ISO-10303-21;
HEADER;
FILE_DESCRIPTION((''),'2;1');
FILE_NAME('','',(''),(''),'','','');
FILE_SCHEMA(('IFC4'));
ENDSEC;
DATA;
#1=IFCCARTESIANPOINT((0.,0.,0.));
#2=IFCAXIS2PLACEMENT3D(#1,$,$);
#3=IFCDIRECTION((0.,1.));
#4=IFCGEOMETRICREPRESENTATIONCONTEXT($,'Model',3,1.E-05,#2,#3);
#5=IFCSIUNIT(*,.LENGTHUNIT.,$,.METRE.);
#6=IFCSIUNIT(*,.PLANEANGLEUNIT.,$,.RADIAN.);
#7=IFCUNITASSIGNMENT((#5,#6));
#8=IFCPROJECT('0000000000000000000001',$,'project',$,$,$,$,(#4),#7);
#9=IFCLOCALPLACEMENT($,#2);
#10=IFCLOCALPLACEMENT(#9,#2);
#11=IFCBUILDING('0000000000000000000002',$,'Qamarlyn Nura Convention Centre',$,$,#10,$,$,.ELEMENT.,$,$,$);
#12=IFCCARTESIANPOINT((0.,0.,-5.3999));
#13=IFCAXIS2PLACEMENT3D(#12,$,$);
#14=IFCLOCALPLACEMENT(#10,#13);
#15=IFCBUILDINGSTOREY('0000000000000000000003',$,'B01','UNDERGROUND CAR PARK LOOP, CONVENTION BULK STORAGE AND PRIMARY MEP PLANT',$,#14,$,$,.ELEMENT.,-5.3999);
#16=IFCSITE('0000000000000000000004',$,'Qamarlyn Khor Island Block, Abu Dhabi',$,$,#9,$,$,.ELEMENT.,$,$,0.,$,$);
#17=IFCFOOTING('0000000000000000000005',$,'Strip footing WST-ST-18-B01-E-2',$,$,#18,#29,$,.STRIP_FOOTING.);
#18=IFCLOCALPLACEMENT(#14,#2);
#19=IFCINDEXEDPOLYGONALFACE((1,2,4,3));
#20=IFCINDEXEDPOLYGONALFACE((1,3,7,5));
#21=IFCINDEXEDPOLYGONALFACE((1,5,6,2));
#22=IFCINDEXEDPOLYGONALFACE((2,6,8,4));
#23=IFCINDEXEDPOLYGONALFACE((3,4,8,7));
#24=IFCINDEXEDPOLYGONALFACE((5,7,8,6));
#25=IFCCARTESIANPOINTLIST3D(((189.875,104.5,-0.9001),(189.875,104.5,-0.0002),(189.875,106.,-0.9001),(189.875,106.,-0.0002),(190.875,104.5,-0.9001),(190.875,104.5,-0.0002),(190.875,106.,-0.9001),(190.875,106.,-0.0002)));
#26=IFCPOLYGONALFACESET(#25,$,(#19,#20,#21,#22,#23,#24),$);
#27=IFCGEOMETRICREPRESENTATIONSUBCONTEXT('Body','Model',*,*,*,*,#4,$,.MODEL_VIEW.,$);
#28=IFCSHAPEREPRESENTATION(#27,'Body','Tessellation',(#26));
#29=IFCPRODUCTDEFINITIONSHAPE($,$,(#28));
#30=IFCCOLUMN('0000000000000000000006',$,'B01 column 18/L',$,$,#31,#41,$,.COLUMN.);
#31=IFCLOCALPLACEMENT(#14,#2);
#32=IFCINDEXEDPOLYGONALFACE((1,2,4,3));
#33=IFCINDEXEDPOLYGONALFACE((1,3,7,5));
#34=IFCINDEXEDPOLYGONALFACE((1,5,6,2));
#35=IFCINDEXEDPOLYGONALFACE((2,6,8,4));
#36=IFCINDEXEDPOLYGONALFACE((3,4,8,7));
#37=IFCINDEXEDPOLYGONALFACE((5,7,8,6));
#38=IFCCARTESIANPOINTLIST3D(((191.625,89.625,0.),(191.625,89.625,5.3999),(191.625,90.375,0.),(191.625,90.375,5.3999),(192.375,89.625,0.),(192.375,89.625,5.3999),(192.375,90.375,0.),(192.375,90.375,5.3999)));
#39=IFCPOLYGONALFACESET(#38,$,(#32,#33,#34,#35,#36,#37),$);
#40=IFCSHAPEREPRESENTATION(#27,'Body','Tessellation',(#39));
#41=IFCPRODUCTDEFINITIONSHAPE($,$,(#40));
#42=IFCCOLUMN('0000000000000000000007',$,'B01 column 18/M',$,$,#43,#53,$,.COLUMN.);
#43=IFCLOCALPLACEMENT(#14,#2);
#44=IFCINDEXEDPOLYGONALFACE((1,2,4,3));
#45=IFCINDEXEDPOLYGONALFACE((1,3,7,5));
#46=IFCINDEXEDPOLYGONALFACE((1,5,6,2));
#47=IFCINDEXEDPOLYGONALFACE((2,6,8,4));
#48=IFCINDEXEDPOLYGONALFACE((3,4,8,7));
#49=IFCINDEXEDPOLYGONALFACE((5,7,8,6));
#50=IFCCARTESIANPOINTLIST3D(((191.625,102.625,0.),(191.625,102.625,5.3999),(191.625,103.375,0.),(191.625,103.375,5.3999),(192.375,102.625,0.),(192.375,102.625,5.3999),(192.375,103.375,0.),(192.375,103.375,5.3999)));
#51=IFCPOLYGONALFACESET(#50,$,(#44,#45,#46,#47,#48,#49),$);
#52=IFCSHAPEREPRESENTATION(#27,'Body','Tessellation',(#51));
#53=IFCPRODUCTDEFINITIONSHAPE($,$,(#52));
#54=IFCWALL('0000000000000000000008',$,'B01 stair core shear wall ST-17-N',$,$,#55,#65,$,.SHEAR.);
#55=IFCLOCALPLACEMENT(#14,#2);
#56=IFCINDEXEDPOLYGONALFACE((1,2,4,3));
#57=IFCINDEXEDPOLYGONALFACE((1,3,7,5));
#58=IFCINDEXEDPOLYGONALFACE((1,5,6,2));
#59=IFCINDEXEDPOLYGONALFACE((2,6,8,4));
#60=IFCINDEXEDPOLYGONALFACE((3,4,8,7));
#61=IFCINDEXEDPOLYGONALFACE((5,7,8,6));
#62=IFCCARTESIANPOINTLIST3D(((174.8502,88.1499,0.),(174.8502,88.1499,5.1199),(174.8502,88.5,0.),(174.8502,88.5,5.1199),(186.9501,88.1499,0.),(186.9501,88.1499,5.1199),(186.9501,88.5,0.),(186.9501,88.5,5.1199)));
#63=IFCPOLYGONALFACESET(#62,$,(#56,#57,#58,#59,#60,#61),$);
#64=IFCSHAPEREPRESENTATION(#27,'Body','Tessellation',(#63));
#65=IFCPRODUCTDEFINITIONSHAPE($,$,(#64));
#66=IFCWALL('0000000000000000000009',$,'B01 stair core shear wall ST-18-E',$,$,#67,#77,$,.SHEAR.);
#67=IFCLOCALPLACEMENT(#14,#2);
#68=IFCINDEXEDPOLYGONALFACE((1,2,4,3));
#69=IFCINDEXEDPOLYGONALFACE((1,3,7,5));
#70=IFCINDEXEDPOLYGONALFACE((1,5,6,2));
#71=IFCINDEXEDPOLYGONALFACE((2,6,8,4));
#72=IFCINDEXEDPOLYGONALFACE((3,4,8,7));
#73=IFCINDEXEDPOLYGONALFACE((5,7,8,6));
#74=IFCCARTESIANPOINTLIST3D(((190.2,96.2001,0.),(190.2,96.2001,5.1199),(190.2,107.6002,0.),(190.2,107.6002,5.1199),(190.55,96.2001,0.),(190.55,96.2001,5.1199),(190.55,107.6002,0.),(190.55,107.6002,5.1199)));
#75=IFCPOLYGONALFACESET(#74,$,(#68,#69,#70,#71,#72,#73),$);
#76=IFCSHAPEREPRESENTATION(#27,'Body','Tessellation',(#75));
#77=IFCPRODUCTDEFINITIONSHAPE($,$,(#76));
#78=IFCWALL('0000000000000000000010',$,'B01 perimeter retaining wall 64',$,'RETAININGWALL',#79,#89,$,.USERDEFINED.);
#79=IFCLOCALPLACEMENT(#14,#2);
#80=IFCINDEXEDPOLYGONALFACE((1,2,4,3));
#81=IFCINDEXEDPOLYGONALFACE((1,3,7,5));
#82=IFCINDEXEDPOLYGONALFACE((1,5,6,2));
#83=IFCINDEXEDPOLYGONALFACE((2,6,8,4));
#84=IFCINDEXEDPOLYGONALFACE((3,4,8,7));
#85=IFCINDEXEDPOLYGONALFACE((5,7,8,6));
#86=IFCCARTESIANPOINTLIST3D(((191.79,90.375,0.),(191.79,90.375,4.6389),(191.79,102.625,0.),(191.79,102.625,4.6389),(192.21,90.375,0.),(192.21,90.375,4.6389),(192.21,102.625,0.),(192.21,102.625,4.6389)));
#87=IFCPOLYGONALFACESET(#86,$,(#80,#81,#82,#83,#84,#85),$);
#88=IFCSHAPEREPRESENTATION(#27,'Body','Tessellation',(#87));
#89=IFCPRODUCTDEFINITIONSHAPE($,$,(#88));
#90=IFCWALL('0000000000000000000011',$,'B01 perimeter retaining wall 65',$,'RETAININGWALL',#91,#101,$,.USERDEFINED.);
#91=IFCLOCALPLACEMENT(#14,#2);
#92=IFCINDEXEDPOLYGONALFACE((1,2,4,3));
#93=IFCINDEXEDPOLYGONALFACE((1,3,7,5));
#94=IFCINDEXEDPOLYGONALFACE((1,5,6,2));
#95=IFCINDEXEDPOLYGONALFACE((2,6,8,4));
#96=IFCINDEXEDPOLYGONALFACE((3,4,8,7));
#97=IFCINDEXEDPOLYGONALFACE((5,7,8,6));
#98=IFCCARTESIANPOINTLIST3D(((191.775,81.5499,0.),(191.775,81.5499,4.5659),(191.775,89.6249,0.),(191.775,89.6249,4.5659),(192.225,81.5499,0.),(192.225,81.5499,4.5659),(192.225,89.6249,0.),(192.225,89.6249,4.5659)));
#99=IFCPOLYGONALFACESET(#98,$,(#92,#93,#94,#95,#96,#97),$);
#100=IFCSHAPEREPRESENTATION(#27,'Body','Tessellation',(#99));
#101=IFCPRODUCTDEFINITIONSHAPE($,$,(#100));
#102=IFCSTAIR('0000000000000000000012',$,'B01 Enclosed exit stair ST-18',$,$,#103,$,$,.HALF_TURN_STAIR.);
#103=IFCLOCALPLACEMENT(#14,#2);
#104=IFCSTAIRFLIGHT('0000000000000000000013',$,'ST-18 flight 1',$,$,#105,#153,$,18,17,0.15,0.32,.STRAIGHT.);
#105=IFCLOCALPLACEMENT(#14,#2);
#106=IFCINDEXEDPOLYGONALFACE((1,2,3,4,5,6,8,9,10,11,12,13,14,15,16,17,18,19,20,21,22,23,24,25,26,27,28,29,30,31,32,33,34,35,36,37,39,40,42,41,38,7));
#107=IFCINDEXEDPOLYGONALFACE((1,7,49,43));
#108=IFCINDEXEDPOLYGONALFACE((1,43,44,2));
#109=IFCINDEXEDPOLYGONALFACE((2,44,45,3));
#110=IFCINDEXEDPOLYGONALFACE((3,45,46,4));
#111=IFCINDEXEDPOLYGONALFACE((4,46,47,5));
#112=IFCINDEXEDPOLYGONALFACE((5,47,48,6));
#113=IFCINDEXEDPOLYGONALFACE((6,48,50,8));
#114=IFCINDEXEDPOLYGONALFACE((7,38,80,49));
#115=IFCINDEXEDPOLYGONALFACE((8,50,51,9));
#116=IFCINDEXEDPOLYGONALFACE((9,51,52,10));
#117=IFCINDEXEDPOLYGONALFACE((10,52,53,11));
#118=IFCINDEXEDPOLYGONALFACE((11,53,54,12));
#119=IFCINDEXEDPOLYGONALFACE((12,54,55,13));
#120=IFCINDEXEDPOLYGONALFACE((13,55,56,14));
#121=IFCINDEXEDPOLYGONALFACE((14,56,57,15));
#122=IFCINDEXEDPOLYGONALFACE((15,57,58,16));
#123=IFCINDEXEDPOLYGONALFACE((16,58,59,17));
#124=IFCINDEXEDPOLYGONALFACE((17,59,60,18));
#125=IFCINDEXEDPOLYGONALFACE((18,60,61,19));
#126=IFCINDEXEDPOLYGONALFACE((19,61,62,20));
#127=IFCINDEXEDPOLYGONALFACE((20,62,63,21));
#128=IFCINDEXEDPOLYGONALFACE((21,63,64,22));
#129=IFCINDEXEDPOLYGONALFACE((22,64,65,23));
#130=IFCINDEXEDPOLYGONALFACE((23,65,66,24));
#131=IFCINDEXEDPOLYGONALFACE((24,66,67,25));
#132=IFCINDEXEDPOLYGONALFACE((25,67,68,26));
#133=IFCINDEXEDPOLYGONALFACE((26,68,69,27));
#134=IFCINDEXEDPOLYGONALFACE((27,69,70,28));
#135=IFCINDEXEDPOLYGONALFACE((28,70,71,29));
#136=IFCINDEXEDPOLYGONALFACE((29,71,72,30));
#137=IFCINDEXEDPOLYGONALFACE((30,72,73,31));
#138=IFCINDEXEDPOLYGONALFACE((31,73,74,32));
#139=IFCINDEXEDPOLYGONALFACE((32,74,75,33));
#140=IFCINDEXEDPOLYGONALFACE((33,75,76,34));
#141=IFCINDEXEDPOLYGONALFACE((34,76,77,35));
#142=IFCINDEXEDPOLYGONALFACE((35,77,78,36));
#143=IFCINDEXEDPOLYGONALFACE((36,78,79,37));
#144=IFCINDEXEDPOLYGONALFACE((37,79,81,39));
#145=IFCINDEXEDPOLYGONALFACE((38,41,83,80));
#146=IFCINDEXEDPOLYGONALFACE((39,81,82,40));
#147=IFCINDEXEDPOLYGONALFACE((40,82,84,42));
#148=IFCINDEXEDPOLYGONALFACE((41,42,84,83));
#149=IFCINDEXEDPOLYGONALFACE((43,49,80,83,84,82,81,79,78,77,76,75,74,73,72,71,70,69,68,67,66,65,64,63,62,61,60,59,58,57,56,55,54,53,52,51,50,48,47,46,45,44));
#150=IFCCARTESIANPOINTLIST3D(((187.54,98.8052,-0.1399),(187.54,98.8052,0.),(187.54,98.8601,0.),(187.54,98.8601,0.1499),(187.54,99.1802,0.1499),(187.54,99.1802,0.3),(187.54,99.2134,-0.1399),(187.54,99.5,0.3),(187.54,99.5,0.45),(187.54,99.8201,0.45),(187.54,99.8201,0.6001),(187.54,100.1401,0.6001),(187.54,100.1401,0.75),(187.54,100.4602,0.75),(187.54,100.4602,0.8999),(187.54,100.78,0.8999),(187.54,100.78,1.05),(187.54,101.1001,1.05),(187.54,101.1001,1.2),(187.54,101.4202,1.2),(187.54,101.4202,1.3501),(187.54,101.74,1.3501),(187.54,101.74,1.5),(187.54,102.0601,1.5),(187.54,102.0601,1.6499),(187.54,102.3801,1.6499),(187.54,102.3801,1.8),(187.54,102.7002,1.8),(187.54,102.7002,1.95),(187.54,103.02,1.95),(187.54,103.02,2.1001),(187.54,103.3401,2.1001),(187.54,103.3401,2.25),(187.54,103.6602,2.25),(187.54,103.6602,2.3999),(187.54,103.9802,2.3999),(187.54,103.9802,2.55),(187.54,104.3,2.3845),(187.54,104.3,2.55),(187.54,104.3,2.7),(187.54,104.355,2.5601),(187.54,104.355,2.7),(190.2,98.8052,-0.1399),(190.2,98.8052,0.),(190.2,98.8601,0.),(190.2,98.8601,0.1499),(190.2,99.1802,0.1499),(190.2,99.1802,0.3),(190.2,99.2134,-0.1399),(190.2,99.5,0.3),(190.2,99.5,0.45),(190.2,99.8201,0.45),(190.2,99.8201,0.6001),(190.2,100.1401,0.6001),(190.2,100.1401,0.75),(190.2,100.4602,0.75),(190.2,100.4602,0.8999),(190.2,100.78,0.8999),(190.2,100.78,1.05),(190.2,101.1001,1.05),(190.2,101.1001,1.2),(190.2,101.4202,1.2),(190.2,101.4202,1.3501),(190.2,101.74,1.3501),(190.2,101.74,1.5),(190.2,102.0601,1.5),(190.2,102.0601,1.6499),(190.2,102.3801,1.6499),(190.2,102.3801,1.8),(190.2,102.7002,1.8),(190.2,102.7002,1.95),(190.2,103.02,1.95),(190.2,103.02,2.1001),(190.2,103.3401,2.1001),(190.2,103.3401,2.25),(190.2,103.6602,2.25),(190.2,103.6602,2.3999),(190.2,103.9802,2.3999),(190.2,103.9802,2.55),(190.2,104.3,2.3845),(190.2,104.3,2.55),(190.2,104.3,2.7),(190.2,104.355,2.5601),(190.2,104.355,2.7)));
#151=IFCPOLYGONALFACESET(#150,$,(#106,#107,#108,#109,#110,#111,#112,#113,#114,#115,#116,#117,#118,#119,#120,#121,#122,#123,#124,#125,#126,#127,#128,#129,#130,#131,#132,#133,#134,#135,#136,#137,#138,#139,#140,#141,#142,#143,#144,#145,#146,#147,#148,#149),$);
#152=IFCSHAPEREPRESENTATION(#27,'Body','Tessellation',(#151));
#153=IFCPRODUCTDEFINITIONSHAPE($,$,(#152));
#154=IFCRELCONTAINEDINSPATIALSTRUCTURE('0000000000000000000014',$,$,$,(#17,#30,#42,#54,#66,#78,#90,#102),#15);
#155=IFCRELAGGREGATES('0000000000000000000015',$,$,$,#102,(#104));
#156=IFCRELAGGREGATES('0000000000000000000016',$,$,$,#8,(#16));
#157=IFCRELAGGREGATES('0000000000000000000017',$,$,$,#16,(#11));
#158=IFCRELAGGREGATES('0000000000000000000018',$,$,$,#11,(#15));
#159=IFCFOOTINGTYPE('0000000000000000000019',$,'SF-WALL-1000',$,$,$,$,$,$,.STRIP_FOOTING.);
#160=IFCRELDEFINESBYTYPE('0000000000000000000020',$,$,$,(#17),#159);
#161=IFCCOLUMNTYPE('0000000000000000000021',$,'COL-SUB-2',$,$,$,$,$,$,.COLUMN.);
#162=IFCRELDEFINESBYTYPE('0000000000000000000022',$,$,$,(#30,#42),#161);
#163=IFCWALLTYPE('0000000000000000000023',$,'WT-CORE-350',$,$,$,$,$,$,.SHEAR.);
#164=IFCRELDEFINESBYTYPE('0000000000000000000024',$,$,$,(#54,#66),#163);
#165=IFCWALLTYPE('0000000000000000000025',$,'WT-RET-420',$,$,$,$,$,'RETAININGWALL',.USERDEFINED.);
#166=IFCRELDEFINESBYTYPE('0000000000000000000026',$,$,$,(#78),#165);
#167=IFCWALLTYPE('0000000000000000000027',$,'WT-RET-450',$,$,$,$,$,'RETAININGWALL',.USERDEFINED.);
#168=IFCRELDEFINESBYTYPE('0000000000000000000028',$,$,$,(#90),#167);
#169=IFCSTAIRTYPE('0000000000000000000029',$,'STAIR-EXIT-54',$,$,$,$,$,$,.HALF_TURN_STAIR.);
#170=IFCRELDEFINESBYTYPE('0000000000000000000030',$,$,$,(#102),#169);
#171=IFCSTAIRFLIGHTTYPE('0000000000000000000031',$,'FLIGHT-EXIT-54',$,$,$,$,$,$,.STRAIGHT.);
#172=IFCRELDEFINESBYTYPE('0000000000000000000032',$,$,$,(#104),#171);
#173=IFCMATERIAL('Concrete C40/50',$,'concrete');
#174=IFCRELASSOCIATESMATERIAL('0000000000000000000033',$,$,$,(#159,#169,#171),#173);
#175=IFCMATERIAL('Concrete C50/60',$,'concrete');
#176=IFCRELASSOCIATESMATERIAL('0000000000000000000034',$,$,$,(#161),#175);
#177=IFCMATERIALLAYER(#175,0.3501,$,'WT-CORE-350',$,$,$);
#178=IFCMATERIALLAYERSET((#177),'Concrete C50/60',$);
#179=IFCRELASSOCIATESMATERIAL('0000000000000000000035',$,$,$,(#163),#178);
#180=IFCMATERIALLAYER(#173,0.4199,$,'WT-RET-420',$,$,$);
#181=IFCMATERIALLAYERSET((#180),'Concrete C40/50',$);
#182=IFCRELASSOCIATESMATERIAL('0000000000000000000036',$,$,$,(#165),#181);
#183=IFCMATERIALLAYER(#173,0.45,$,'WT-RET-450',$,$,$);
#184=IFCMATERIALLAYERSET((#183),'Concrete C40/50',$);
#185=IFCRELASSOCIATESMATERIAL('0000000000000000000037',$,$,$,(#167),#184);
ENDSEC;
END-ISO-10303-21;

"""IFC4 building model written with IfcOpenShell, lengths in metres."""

from ifc_helpers import new_model, si_unit, direction, frame, frame_2d, origin, origin_2d, place, context, subcontext, project, spatial, polyline, rectangle, outline, extrude, material, layer, layer_set, material_profile, profile_set, type_object, element, aggregate, save


model = new_model("IFC4")

# Units and contexts
model_context = context("Model", 3, precision=1e-05, world=origin(), true_north=direction((0.0, 1.0)))
body_context = subcontext(model_context, "Body", "Model", "MODEL_VIEW")
ifc_project = project(units=[si_unit("LENGTHUNIT", "METRE"), si_unit("PLANEANGLEUNIT", "RADIAN")], contexts=[model_context])

# Site, building, storey
site_placement = place(None, origin())
site = spatial("IfcSite", under=ifc_project, at=site_placement, Name="Qamarlyn Khor Island Block, Abu Dhabi", CompositionType="ELEMENT", RefElevation=0.0)
building_placement = place(site_placement, origin())
building = spatial("IfcBuilding", under=site, at=building_placement, Name="Qamarlyn Nura Convention Centre", CompositionType="ELEMENT")
storey_placement = place(building_placement, frame((0.0, 0.0, -5.3999)))
storey = spatial("IfcBuildingStorey", under=building, at=storey_placement, Name="B01", Description="UNDERGROUND CAR PARK LOOP, CONVENTION BULK STORAGE AND PRIMARY MEP PLANT", CompositionType="ELEMENT", Elevation=-5.3999)

# Shared definitions
ifc_material_1 = material(Name="Concrete C40/50", Category="concrete")

# Footing
ifc_material_profile_1 = material_profile(ifc_material_1, rectangle(XDim=1.0, YDim=0.8999, at=origin_2d()), Name="RC STRIP 1000x900")
ifc_profile_set_1 = profile_set([ifc_material_profile_1], Name="Concrete C40/50")
footing_type_1 = type_object("IfcFootingType", Name="SF-WALL-1000", PredefinedType="STRIP_FOOTING", material=ifc_profile_set_1)
footing_1_placement = place(storey_placement, frame((190.375, 104.5, -0.4502), z_axis=(0.0, 1.0, 0.0), x_axis=(-1.0, 0.0, 0.0)))
element("IfcFooting", 1, at=footing_1_placement, inside=storey, type_object=footing_type_1, Name="Strip footing WST-ST-18-B01-E-2", PredefinedType="STRIP_FOOTING", context=body_context, shape_type="SweptSolid", body=[
    extrude(rectangle(XDim=1.0, YDim=0.8999, at=origin_2d()), origin(), (0.0, 0.0, 1.0), 1.5),
])

# Columns
ifc_material_2 = material(Name="Concrete C50/60", Category="concrete")
ifc_material_profile_2 = material_profile(ifc_material_2, rectangle(XDim=0.75, YDim=0.75, at=origin_2d()), Name="RC 750x750")
ifc_profile_set_2 = profile_set([ifc_material_profile_2], Name="Concrete C50/60")
column_type = type_object("IfcColumnType", Name="COL-SUB-2", PredefinedType="COLUMN", material=ifc_profile_set_2)
for number, where, z_axis, x_axis, name in (
    (2, (192.0, 90.0, 0.0), (0.0, 0.0, 1.0), (1.0, 0.0, 0.0), "B01 column 18/L"),
    (3, (192.0, 103.0, 0.0), (0.0, 0.0, 1.0), (1.0, 0.0, 0.0), "B01 column 18/M"),
):
    element("IfcColumn", number, at=place(storey_placement, frame(where, z_axis=z_axis, x_axis=x_axis)), inside=storey, type_object=column_type, Name=name, PredefinedType="COLUMN", context=body_context, shape_type="SweptSolid", body=[
        extrude(rectangle(XDim=0.75, YDim=0.75, at=origin_2d()), origin(), (0.0, 0.0, 1.0), 5.3999),
    ])

# Walls
ifc_layer_1 = layer(ifc_material_2, 0.3501, Name="WT-CORE-350")
ifc_layer_set_1 = layer_set([ifc_layer_1], Name="Concrete C50/60")
wall_type_1 = type_object("IfcWallType", Name="WT-CORE-350", PredefinedType="SHEAR", material=ifc_layer_set_1)
wall_1_placement = place(storey_placement, frame((186.95, 88.325, 0.0), z_axis=(0.0, 0.0, 1.0), x_axis=(-1.0, 0.0, 0.0)))
element("IfcWall", 4, at=wall_1_placement, inside=storey, type_object=wall_type_1, Name="B01 stair core shear wall ST-17-N", PredefinedType="SHEAR", context=body_context, shape_type="SweptSolid", body=[
    extrude(rectangle(XDim=12.0999, YDim=0.3501, at=frame_2d((6.0498, 0.0))), origin(), (0.0, 0.0, 1.0), 5.1199),
])
wall_2_placement = place(storey_placement, frame((190.375, 96.2, 0.0), z_axis=(0.0, 0.0, 1.0), x_axis=(0.0, 1.0, 0.0)))
element("IfcWall", 5, at=wall_2_placement, inside=storey, type_object=wall_type_1, Name="B01 stair core shear wall ST-18-E", PredefinedType="SHEAR", context=body_context, shape_type="SweptSolid", body=[
    extrude(rectangle(XDim=11.4001, YDim=0.3501, at=frame_2d((5.7002, 0.0))), origin(), (0.0, 0.0, 1.0), 5.1199),
])
ifc_layer_2 = layer(ifc_material_1, 0.4199, Name="WT-RET-420")
ifc_layer_set_2 = layer_set([ifc_layer_2], Name="Concrete C40/50")
wall_type_2 = type_object("IfcWallType", Name="WT-RET-420", ElementType="RETAININGWALL", PredefinedType="USERDEFINED", material=ifc_layer_set_2)
wall_3_placement = place(storey_placement, frame((192.0, 102.625, 0.0), z_axis=(0.0, 0.0, 1.0), x_axis=(0.0, -1.0, 0.0)))
element("IfcWall", 6, at=wall_3_placement, inside=storey, type_object=wall_type_2, Name="B01 perimeter retaining wall 64", ObjectType="RETAININGWALL", PredefinedType="USERDEFINED", context=body_context, shape_type="SweptSolid", body=[
    extrude(rectangle(XDim=12.25, YDim=0.4199, at=frame_2d((6.125, 0.0))), origin(), (0.0, 0.0, 1.0), 4.6389),
])
ifc_layer_3 = layer(ifc_material_1, 0.45, Name="WT-RET-450")
ifc_layer_set_3 = layer_set([ifc_layer_3], Name="Concrete C40/50")
wall_type_3 = type_object("IfcWallType", Name="WT-RET-450", ElementType="RETAININGWALL", PredefinedType="USERDEFINED", material=ifc_layer_set_3)
wall_4_placement = place(storey_placement, frame((192.0, 89.625, 0.0), z_axis=(0.0, 0.0, 1.0), x_axis=(0.0, -1.0, 0.0)))
element("IfcWall", 7, at=wall_4_placement, inside=storey, type_object=wall_type_3, Name="B01 perimeter retaining wall 65", ObjectType="RETAININGWALL", PredefinedType="USERDEFINED", context=body_context, shape_type="SweptSolid", body=[
    extrude(rectangle(XDim=8.075, YDim=0.45, at=frame_2d((4.0376, 0.0))), origin(), (0.0, 0.0, 1.0), 4.5659),
])

# Stair, stair flight
stair_type = type_object("IfcStairType", Name="STAIR-EXIT-54", PredefinedType="HALF_TURN_STAIR", material=ifc_material_1)
stair_placement = place(storey_placement, origin())
stair = element("IfcStair", 8, at=stair_placement, inside=storey, type_object=stair_type, Name="B01 Enclosed exit stair ST-18", PredefinedType="HALF_TURN_STAIR")
stair_flight_type = type_object("IfcStairFlightType", Name="FLIGHT-EXIT-54", PredefinedType="STRAIGHT", material=ifc_material_1)
stair_flight_1_placement = place(storey_placement, frame((188.8701, 98.8601, 0.0), z_axis=(0.0, 0.0, 1.0), x_axis=(0.0, 1.0, 0.0)))
stair_flight_1 = element("IfcStairFlight", 9, at=stair_flight_1_placement, type_object=stair_flight_type, Name="ST-18 flight 1", NumberOfRisers=18, NumberOfTreads=17, PredefinedType="STRAIGHT", RiserHeight=0.15, TreadLength=0.32, context=body_context, shape_type="SweptSolid", body=[
    extrude(outline(polyline([(-0.0549, 0.0), (0.0, 0.0), (0.0, 0.1499), (0.3201, 0.1499), (0.3201, 0.3), (0.6399, 0.3), (0.6399, 0.45), (0.96, 0.45), (0.96, 0.6001), (1.28, 0.6001), (1.28, 0.75), (1.6001, 0.75), (1.6001, 0.8999), (1.9199, 0.8999), (1.9199, 1.05), (2.24, 1.05), (2.24, 1.2), (2.5601, 1.2), (2.5601, 1.3501), (2.8799, 1.3501), (2.8799, 1.5), (3.2, 1.5), (3.2, 1.6499), (3.52, 1.6499), (3.52, 1.8), (3.8401, 1.8), (3.8401, 1.95), (4.1599, 1.95), (4.1599, 2.1001), (4.48, 2.1001), (4.48, 2.25), (4.8, 2.25), (4.8, 2.3999), (5.1201, 2.3999), (5.1201, 2.55), (5.4399, 2.55), (5.4399, 2.7), (5.4949, 2.7), (5.4949, 2.5601), (5.4399, 2.3845), (0.3533, -0.1399), (-0.0549, -0.1399), (-0.0549, 0.0)])), frame((0.0, 1.3301, 0.0), z_axis=(0.0, -1.0, 0.0), x_axis=(1.0, 0.0, 0.0)), (0.0, 0.0, 1.0), 2.6599),
])
aggregate(stair, [stair_flight_1])

save(model, "model.ifc")
